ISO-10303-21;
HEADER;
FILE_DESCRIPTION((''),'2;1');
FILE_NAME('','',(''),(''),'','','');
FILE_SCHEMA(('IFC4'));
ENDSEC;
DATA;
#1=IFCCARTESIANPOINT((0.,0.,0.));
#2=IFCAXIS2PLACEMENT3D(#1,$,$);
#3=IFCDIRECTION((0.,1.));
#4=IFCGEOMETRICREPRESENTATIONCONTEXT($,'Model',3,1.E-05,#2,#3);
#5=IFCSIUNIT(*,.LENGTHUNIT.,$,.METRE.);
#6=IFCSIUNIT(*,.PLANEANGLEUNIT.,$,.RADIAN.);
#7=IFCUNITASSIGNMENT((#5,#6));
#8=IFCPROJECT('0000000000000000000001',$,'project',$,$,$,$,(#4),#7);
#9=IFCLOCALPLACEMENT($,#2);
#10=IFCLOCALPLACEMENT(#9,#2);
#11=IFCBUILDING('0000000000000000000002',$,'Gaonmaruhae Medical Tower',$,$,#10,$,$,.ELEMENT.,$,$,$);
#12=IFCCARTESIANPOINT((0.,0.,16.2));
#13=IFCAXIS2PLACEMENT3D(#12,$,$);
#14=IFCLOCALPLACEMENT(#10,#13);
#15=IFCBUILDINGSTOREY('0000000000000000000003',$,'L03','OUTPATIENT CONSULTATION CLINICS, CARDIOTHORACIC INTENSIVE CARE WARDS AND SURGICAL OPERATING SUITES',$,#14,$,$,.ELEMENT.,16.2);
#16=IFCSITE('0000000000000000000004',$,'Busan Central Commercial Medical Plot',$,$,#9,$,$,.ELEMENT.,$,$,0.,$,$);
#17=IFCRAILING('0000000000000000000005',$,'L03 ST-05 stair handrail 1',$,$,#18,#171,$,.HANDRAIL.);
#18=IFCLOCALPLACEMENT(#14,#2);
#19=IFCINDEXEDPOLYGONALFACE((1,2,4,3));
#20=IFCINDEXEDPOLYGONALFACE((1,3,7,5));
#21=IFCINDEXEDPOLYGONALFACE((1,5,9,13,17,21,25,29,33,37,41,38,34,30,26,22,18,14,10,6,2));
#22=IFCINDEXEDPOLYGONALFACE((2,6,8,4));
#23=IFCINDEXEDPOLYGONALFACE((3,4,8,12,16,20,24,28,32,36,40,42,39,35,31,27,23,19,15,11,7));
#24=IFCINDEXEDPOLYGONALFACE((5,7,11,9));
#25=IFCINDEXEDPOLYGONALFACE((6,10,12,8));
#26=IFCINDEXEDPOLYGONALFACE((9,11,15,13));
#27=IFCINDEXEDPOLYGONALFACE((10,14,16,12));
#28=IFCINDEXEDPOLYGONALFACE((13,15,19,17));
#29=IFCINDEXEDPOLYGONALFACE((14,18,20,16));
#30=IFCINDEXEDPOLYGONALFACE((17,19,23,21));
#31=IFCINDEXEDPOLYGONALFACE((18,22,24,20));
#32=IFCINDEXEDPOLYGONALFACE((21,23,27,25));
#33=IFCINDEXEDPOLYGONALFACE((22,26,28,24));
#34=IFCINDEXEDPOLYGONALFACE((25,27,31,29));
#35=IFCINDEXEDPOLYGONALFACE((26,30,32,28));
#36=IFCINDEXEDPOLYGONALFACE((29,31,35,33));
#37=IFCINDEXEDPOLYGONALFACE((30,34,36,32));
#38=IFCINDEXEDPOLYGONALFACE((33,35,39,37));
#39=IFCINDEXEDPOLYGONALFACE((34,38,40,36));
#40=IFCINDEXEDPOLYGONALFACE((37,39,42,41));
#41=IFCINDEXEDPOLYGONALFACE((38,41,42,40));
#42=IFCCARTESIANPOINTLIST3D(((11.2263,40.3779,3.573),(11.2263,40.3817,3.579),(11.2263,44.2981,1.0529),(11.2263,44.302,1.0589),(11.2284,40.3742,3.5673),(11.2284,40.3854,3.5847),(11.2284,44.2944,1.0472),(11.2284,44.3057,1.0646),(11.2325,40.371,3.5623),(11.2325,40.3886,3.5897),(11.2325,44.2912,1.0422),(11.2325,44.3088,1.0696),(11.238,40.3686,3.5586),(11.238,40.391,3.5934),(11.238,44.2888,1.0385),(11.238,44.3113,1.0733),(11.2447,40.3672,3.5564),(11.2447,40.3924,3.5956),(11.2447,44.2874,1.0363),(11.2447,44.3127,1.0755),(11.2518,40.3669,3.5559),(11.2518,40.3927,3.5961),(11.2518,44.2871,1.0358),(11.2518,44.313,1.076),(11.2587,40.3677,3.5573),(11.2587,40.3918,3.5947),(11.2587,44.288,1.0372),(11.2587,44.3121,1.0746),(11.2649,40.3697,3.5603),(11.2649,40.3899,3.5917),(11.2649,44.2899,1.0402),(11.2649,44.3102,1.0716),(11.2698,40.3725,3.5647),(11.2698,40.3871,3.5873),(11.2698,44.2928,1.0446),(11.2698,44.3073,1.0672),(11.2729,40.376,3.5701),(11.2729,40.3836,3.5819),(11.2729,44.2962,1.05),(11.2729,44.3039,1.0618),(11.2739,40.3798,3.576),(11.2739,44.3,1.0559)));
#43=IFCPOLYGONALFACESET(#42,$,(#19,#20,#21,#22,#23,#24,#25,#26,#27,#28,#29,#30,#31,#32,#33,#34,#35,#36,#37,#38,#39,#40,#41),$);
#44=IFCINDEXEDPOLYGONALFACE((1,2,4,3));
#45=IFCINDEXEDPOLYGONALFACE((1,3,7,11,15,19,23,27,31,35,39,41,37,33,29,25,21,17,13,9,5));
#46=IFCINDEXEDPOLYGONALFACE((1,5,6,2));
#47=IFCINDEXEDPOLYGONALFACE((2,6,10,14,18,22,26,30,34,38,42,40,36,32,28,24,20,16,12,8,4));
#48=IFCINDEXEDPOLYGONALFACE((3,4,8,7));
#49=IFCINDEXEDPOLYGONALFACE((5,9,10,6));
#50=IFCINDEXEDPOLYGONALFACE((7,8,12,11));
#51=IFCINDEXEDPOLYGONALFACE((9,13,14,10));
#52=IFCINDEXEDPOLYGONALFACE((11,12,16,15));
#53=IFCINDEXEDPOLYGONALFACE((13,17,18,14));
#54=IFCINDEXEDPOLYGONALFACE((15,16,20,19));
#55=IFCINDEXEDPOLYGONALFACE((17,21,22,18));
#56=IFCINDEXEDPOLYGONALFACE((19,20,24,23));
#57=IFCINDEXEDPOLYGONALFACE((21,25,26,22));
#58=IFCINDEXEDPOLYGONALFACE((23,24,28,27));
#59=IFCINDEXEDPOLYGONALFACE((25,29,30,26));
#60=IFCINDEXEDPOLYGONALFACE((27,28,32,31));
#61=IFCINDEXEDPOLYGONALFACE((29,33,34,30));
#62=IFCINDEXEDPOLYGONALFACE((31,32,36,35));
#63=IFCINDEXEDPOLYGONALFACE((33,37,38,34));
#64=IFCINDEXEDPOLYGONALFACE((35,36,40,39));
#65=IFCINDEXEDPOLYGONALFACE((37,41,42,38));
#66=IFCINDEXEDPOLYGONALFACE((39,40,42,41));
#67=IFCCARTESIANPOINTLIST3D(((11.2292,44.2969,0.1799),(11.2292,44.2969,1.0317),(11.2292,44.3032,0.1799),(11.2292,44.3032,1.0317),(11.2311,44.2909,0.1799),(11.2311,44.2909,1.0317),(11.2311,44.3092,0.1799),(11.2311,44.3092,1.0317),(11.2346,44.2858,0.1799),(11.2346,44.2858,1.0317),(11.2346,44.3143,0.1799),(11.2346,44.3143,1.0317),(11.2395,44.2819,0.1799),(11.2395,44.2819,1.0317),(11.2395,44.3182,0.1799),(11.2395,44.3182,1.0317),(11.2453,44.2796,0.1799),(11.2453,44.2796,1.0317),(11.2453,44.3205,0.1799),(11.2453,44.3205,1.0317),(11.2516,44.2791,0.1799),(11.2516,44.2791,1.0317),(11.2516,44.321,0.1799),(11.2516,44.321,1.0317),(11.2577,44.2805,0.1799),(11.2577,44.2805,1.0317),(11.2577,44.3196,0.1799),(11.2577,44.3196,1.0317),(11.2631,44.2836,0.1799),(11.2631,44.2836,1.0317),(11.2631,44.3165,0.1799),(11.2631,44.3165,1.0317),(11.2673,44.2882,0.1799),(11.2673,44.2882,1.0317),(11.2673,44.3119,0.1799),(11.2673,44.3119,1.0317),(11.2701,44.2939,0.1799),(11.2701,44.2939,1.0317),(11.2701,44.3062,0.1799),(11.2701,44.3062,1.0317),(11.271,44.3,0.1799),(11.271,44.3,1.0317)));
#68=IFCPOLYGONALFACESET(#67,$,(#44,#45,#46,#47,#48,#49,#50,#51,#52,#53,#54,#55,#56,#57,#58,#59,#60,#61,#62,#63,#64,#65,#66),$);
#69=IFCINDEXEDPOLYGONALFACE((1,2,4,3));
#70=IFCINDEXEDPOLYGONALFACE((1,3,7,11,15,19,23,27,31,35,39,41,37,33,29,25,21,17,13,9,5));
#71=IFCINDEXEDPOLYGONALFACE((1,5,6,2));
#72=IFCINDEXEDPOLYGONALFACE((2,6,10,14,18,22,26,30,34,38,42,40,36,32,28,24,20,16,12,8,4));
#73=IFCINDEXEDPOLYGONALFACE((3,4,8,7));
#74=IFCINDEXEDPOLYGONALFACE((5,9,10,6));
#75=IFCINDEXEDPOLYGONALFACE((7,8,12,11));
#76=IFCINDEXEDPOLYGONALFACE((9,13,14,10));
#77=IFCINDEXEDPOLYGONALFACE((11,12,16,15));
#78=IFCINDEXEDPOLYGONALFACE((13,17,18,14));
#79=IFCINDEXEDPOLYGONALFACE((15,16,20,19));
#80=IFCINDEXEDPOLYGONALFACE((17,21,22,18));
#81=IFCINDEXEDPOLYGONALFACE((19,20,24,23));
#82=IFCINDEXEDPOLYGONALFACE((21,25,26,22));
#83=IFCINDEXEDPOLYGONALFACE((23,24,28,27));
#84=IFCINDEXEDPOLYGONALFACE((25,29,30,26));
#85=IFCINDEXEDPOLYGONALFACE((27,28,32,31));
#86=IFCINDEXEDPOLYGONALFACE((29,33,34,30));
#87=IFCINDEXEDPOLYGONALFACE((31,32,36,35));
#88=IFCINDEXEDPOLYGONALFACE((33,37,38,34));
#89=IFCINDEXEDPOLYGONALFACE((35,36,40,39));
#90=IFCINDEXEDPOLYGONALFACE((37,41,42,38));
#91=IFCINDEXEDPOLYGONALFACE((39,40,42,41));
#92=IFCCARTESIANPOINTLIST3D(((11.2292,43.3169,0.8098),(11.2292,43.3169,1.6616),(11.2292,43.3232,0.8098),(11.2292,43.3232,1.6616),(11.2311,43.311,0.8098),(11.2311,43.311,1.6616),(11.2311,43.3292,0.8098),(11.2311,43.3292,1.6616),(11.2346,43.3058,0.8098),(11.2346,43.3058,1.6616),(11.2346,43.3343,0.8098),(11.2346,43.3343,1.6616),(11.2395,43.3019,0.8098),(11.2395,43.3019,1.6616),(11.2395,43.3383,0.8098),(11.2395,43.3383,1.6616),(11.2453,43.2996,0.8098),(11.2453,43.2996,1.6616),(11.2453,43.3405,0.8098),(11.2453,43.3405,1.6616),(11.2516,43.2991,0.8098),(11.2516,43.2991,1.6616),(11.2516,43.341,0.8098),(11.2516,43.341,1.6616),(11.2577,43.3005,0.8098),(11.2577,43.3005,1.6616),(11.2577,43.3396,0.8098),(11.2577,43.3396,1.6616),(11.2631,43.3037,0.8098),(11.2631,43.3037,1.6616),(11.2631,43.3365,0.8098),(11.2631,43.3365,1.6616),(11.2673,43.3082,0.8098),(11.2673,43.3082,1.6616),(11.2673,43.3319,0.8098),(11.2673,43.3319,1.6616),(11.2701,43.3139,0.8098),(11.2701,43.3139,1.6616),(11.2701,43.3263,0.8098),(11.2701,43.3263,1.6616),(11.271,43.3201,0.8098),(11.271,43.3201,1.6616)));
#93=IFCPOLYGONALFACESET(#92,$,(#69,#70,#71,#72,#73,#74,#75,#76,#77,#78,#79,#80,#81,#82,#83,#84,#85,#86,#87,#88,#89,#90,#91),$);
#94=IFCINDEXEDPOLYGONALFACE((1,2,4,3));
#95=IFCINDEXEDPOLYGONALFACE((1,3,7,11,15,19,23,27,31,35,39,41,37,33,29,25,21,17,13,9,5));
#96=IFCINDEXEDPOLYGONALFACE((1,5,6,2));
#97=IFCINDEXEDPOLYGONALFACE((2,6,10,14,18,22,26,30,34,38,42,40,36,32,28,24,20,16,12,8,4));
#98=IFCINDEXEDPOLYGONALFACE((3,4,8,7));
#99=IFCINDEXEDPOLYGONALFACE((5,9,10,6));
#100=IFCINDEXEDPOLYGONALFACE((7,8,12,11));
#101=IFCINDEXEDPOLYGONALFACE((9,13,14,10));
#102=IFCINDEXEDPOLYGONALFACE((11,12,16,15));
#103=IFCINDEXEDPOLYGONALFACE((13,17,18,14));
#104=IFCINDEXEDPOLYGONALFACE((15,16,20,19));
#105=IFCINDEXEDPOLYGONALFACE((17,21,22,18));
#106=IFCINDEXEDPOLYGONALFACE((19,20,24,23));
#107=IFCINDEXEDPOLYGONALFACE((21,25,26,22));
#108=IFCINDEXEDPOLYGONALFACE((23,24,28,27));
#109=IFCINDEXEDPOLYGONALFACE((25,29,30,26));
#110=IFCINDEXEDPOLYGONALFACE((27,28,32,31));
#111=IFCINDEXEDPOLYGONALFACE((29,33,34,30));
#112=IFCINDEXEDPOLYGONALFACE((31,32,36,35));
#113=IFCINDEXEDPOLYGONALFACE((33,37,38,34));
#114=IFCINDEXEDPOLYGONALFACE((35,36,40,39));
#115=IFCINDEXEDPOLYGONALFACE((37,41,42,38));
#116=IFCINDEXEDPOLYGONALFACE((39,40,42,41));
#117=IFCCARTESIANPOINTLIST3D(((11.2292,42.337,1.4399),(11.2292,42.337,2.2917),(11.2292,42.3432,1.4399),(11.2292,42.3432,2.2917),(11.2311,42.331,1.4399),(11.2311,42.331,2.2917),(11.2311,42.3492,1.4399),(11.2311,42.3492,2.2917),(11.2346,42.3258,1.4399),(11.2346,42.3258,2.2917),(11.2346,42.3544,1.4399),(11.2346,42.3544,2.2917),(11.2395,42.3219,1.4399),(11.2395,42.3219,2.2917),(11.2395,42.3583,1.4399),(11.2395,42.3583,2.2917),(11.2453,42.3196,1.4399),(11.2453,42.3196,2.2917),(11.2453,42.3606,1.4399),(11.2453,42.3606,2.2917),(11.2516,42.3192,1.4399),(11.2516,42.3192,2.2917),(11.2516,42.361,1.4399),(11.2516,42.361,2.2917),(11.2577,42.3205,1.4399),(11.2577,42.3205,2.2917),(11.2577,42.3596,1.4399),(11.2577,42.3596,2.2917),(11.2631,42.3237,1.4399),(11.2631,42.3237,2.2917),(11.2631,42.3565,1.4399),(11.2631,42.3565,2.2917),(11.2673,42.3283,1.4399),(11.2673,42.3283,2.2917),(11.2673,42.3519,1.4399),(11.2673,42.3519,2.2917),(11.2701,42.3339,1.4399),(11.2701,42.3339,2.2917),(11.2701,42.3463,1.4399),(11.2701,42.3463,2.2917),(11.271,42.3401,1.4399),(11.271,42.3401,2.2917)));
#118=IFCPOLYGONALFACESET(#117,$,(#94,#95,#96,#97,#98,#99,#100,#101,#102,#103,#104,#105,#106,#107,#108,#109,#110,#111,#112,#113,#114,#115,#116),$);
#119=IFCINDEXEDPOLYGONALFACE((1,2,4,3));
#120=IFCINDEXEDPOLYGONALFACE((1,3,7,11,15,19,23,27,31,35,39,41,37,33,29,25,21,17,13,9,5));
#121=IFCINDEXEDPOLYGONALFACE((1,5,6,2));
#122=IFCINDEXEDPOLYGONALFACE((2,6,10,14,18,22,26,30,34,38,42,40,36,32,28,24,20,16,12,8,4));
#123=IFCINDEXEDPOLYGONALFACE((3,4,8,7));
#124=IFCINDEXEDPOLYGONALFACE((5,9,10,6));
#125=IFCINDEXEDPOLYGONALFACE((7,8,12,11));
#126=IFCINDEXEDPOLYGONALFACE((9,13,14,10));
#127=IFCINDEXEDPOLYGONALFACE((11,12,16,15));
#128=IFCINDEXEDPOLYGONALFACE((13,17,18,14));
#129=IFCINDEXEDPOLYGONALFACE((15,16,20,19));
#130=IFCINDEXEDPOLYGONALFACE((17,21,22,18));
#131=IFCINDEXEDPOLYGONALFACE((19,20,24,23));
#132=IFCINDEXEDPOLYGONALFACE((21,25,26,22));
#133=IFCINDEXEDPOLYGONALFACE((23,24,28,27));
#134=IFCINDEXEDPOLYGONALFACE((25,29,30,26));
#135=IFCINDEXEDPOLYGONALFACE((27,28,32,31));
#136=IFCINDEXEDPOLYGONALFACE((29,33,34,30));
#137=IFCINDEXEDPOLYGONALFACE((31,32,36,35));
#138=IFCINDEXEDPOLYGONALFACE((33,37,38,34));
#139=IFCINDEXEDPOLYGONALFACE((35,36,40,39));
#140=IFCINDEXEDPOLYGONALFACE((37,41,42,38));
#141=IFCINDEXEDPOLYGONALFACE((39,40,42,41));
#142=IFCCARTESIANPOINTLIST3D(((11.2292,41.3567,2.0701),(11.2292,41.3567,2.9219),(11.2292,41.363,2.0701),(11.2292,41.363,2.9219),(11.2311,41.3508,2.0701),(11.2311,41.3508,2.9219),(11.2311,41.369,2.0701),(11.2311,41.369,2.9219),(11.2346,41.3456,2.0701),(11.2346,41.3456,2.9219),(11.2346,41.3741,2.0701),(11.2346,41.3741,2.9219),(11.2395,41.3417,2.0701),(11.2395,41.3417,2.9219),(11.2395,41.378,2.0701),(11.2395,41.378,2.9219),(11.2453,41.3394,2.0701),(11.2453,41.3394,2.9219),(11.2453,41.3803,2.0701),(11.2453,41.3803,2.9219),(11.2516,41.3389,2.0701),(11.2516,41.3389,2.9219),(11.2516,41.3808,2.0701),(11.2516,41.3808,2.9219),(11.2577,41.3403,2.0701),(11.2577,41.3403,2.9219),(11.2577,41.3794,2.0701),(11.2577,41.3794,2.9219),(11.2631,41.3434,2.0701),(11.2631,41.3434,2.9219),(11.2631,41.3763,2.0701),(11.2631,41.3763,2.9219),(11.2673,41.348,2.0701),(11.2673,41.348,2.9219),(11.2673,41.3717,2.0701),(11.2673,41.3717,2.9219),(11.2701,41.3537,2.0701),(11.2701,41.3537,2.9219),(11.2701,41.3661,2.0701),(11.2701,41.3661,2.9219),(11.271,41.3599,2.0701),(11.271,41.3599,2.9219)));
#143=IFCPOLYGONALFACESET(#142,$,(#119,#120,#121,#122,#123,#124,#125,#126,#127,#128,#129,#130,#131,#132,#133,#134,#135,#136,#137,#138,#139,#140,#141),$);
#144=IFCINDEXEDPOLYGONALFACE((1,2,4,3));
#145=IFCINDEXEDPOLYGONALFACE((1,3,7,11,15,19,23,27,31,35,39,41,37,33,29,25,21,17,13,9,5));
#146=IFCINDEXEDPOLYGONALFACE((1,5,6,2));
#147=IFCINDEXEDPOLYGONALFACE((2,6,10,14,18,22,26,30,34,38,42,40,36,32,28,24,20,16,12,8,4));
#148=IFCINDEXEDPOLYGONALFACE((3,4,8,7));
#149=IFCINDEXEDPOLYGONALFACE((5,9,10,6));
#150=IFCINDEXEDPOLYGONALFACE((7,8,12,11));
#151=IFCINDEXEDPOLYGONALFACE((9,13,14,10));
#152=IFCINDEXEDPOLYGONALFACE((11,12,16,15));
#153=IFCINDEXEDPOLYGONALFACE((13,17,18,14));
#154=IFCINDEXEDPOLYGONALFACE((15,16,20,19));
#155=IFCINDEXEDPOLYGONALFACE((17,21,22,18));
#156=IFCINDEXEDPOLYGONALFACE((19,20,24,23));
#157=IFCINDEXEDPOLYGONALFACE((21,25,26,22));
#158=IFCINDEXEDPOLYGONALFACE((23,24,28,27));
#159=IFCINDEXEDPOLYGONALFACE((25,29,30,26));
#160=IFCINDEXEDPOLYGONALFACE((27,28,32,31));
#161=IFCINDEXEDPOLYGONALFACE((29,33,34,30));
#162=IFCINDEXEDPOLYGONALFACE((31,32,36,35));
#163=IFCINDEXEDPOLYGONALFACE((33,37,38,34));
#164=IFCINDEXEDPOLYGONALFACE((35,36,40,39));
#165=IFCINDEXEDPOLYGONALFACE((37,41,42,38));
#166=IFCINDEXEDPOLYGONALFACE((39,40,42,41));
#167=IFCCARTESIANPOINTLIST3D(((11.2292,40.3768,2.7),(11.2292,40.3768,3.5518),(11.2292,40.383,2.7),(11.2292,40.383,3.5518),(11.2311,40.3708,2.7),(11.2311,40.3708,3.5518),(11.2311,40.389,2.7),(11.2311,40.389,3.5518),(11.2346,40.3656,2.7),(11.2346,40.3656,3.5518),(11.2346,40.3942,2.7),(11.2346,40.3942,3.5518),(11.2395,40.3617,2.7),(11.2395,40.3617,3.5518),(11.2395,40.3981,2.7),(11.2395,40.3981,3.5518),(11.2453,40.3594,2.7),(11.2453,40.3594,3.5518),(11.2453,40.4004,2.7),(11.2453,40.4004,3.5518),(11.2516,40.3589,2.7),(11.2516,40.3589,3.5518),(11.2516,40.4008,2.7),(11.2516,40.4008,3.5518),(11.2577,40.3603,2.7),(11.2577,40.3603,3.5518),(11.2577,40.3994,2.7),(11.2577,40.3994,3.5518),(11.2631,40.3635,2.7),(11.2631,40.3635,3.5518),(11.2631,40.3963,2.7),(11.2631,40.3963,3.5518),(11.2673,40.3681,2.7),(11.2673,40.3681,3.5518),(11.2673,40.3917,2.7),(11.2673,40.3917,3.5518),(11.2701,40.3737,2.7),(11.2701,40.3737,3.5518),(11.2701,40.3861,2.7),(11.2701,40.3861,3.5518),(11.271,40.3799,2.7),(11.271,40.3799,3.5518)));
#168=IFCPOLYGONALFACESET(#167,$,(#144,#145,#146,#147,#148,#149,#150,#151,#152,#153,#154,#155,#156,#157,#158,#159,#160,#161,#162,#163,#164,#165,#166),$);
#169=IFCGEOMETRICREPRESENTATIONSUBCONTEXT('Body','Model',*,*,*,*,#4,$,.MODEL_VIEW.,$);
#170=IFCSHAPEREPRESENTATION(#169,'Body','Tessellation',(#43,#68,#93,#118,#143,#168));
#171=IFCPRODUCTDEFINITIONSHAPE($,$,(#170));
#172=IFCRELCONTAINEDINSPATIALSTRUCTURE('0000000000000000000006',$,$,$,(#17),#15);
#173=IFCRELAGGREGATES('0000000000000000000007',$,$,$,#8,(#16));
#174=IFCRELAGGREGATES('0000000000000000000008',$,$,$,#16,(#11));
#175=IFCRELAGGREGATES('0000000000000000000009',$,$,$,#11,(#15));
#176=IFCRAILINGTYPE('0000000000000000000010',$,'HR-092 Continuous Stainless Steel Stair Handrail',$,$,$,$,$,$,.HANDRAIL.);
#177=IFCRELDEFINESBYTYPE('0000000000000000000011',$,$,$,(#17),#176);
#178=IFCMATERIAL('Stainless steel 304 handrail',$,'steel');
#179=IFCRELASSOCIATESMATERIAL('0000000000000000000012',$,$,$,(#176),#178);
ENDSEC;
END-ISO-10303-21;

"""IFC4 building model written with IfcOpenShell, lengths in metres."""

from ifc_helpers import new_model, si_unit, direction, frame, origin, origin_2d, place, context, subcontext, project, spatial, circle, extrude, material, type_object, element, save


model = new_model("IFC4")

# Units and contexts
model_context = context("Model", 3, precision=1e-05, world=origin(), true_north=direction((0.0, 1.0)))
body_context = subcontext(model_context, "Body", "Model", "MODEL_VIEW")
ifc_project = project(units=[si_unit("LENGTHUNIT", "METRE"), si_unit("PLANEANGLEUNIT", "RADIAN")], contexts=[model_context])

# Site, building, storey
site_placement = place(None, origin())
site = spatial("IfcSite", under=ifc_project, at=site_placement, Name="Busan Central Commercial Medical Plot", CompositionType="ELEMENT", RefElevation=0.0)
building_placement = place(site_placement, origin())
building = spatial("IfcBuilding", under=site, at=building_placement, Name="Gaonmaruhae Medical Tower", CompositionType="ELEMENT")
storey_placement = place(building_placement, frame((0.0, 0.0, 16.2)))
storey = spatial("IfcBuildingStorey", under=building, at=storey_placement, Name="L03", Description="OUTPATIENT CONSULTATION CLINICS, CARDIOTHORACIC INTENSIVE CARE WARDS AND SURGICAL OPERATING SUITES", CompositionType="ELEMENT", Elevation=16.2)

# Railing
ifc_material_1 = material(Name="Stainless steel 304 handrail", Category="steel")
railing_type_1 = type_object("IfcRailingType", Name="HR-092 Continuous Stainless Steel Stair Handrail", PredefinedType="HANDRAIL", material=ifc_material_1)
railing_1_placement = place(storey_placement, frame((11.25, 44.3, 0.1799)))
element("IfcRailing", 1, at=railing_1_placement, inside=storey, type_object=railing_type_1, Name="L03 ST-05 stair handrail 1", PredefinedType="HANDRAIL", context=body_context, shape_type="SweptSolid", body=[
    extrude(circle(Radius=0.0239, at=origin_2d()), frame((0.0, 0.0, 0.876), z_axis=(0.0, -0.841187, 0.540744), x_axis=(1.0, 0.0, 0.0)), (0.0, 0.0, 1.0), 4.6604),
    extrude(circle(Radius=0.021, at=origin_2d()), origin(), (0.0, 0.0, 1.0), 0.8518),
    extrude(circle(Radius=0.021, at=origin_2d()), frame((0.0, -0.98, 0.6299)), (0.0, 0.0, 1.0), 0.8518),
    extrude(circle(Radius=0.021, at=origin_2d()), frame((0.0, -1.96, 1.26)), (0.0, 0.0, 1.0), 0.8518),
    extrude(circle(Radius=0.021, at=origin_2d()), frame((0.0, -2.9402, 1.8901)), (0.0, 0.0, 1.0), 0.8518),
    extrude(circle(Radius=0.021, at=origin_2d()), frame((0.0, -3.9202, 2.52)), (0.0, 0.0, 1.0), 0.8518),
])

save(model, "model.ifc")
